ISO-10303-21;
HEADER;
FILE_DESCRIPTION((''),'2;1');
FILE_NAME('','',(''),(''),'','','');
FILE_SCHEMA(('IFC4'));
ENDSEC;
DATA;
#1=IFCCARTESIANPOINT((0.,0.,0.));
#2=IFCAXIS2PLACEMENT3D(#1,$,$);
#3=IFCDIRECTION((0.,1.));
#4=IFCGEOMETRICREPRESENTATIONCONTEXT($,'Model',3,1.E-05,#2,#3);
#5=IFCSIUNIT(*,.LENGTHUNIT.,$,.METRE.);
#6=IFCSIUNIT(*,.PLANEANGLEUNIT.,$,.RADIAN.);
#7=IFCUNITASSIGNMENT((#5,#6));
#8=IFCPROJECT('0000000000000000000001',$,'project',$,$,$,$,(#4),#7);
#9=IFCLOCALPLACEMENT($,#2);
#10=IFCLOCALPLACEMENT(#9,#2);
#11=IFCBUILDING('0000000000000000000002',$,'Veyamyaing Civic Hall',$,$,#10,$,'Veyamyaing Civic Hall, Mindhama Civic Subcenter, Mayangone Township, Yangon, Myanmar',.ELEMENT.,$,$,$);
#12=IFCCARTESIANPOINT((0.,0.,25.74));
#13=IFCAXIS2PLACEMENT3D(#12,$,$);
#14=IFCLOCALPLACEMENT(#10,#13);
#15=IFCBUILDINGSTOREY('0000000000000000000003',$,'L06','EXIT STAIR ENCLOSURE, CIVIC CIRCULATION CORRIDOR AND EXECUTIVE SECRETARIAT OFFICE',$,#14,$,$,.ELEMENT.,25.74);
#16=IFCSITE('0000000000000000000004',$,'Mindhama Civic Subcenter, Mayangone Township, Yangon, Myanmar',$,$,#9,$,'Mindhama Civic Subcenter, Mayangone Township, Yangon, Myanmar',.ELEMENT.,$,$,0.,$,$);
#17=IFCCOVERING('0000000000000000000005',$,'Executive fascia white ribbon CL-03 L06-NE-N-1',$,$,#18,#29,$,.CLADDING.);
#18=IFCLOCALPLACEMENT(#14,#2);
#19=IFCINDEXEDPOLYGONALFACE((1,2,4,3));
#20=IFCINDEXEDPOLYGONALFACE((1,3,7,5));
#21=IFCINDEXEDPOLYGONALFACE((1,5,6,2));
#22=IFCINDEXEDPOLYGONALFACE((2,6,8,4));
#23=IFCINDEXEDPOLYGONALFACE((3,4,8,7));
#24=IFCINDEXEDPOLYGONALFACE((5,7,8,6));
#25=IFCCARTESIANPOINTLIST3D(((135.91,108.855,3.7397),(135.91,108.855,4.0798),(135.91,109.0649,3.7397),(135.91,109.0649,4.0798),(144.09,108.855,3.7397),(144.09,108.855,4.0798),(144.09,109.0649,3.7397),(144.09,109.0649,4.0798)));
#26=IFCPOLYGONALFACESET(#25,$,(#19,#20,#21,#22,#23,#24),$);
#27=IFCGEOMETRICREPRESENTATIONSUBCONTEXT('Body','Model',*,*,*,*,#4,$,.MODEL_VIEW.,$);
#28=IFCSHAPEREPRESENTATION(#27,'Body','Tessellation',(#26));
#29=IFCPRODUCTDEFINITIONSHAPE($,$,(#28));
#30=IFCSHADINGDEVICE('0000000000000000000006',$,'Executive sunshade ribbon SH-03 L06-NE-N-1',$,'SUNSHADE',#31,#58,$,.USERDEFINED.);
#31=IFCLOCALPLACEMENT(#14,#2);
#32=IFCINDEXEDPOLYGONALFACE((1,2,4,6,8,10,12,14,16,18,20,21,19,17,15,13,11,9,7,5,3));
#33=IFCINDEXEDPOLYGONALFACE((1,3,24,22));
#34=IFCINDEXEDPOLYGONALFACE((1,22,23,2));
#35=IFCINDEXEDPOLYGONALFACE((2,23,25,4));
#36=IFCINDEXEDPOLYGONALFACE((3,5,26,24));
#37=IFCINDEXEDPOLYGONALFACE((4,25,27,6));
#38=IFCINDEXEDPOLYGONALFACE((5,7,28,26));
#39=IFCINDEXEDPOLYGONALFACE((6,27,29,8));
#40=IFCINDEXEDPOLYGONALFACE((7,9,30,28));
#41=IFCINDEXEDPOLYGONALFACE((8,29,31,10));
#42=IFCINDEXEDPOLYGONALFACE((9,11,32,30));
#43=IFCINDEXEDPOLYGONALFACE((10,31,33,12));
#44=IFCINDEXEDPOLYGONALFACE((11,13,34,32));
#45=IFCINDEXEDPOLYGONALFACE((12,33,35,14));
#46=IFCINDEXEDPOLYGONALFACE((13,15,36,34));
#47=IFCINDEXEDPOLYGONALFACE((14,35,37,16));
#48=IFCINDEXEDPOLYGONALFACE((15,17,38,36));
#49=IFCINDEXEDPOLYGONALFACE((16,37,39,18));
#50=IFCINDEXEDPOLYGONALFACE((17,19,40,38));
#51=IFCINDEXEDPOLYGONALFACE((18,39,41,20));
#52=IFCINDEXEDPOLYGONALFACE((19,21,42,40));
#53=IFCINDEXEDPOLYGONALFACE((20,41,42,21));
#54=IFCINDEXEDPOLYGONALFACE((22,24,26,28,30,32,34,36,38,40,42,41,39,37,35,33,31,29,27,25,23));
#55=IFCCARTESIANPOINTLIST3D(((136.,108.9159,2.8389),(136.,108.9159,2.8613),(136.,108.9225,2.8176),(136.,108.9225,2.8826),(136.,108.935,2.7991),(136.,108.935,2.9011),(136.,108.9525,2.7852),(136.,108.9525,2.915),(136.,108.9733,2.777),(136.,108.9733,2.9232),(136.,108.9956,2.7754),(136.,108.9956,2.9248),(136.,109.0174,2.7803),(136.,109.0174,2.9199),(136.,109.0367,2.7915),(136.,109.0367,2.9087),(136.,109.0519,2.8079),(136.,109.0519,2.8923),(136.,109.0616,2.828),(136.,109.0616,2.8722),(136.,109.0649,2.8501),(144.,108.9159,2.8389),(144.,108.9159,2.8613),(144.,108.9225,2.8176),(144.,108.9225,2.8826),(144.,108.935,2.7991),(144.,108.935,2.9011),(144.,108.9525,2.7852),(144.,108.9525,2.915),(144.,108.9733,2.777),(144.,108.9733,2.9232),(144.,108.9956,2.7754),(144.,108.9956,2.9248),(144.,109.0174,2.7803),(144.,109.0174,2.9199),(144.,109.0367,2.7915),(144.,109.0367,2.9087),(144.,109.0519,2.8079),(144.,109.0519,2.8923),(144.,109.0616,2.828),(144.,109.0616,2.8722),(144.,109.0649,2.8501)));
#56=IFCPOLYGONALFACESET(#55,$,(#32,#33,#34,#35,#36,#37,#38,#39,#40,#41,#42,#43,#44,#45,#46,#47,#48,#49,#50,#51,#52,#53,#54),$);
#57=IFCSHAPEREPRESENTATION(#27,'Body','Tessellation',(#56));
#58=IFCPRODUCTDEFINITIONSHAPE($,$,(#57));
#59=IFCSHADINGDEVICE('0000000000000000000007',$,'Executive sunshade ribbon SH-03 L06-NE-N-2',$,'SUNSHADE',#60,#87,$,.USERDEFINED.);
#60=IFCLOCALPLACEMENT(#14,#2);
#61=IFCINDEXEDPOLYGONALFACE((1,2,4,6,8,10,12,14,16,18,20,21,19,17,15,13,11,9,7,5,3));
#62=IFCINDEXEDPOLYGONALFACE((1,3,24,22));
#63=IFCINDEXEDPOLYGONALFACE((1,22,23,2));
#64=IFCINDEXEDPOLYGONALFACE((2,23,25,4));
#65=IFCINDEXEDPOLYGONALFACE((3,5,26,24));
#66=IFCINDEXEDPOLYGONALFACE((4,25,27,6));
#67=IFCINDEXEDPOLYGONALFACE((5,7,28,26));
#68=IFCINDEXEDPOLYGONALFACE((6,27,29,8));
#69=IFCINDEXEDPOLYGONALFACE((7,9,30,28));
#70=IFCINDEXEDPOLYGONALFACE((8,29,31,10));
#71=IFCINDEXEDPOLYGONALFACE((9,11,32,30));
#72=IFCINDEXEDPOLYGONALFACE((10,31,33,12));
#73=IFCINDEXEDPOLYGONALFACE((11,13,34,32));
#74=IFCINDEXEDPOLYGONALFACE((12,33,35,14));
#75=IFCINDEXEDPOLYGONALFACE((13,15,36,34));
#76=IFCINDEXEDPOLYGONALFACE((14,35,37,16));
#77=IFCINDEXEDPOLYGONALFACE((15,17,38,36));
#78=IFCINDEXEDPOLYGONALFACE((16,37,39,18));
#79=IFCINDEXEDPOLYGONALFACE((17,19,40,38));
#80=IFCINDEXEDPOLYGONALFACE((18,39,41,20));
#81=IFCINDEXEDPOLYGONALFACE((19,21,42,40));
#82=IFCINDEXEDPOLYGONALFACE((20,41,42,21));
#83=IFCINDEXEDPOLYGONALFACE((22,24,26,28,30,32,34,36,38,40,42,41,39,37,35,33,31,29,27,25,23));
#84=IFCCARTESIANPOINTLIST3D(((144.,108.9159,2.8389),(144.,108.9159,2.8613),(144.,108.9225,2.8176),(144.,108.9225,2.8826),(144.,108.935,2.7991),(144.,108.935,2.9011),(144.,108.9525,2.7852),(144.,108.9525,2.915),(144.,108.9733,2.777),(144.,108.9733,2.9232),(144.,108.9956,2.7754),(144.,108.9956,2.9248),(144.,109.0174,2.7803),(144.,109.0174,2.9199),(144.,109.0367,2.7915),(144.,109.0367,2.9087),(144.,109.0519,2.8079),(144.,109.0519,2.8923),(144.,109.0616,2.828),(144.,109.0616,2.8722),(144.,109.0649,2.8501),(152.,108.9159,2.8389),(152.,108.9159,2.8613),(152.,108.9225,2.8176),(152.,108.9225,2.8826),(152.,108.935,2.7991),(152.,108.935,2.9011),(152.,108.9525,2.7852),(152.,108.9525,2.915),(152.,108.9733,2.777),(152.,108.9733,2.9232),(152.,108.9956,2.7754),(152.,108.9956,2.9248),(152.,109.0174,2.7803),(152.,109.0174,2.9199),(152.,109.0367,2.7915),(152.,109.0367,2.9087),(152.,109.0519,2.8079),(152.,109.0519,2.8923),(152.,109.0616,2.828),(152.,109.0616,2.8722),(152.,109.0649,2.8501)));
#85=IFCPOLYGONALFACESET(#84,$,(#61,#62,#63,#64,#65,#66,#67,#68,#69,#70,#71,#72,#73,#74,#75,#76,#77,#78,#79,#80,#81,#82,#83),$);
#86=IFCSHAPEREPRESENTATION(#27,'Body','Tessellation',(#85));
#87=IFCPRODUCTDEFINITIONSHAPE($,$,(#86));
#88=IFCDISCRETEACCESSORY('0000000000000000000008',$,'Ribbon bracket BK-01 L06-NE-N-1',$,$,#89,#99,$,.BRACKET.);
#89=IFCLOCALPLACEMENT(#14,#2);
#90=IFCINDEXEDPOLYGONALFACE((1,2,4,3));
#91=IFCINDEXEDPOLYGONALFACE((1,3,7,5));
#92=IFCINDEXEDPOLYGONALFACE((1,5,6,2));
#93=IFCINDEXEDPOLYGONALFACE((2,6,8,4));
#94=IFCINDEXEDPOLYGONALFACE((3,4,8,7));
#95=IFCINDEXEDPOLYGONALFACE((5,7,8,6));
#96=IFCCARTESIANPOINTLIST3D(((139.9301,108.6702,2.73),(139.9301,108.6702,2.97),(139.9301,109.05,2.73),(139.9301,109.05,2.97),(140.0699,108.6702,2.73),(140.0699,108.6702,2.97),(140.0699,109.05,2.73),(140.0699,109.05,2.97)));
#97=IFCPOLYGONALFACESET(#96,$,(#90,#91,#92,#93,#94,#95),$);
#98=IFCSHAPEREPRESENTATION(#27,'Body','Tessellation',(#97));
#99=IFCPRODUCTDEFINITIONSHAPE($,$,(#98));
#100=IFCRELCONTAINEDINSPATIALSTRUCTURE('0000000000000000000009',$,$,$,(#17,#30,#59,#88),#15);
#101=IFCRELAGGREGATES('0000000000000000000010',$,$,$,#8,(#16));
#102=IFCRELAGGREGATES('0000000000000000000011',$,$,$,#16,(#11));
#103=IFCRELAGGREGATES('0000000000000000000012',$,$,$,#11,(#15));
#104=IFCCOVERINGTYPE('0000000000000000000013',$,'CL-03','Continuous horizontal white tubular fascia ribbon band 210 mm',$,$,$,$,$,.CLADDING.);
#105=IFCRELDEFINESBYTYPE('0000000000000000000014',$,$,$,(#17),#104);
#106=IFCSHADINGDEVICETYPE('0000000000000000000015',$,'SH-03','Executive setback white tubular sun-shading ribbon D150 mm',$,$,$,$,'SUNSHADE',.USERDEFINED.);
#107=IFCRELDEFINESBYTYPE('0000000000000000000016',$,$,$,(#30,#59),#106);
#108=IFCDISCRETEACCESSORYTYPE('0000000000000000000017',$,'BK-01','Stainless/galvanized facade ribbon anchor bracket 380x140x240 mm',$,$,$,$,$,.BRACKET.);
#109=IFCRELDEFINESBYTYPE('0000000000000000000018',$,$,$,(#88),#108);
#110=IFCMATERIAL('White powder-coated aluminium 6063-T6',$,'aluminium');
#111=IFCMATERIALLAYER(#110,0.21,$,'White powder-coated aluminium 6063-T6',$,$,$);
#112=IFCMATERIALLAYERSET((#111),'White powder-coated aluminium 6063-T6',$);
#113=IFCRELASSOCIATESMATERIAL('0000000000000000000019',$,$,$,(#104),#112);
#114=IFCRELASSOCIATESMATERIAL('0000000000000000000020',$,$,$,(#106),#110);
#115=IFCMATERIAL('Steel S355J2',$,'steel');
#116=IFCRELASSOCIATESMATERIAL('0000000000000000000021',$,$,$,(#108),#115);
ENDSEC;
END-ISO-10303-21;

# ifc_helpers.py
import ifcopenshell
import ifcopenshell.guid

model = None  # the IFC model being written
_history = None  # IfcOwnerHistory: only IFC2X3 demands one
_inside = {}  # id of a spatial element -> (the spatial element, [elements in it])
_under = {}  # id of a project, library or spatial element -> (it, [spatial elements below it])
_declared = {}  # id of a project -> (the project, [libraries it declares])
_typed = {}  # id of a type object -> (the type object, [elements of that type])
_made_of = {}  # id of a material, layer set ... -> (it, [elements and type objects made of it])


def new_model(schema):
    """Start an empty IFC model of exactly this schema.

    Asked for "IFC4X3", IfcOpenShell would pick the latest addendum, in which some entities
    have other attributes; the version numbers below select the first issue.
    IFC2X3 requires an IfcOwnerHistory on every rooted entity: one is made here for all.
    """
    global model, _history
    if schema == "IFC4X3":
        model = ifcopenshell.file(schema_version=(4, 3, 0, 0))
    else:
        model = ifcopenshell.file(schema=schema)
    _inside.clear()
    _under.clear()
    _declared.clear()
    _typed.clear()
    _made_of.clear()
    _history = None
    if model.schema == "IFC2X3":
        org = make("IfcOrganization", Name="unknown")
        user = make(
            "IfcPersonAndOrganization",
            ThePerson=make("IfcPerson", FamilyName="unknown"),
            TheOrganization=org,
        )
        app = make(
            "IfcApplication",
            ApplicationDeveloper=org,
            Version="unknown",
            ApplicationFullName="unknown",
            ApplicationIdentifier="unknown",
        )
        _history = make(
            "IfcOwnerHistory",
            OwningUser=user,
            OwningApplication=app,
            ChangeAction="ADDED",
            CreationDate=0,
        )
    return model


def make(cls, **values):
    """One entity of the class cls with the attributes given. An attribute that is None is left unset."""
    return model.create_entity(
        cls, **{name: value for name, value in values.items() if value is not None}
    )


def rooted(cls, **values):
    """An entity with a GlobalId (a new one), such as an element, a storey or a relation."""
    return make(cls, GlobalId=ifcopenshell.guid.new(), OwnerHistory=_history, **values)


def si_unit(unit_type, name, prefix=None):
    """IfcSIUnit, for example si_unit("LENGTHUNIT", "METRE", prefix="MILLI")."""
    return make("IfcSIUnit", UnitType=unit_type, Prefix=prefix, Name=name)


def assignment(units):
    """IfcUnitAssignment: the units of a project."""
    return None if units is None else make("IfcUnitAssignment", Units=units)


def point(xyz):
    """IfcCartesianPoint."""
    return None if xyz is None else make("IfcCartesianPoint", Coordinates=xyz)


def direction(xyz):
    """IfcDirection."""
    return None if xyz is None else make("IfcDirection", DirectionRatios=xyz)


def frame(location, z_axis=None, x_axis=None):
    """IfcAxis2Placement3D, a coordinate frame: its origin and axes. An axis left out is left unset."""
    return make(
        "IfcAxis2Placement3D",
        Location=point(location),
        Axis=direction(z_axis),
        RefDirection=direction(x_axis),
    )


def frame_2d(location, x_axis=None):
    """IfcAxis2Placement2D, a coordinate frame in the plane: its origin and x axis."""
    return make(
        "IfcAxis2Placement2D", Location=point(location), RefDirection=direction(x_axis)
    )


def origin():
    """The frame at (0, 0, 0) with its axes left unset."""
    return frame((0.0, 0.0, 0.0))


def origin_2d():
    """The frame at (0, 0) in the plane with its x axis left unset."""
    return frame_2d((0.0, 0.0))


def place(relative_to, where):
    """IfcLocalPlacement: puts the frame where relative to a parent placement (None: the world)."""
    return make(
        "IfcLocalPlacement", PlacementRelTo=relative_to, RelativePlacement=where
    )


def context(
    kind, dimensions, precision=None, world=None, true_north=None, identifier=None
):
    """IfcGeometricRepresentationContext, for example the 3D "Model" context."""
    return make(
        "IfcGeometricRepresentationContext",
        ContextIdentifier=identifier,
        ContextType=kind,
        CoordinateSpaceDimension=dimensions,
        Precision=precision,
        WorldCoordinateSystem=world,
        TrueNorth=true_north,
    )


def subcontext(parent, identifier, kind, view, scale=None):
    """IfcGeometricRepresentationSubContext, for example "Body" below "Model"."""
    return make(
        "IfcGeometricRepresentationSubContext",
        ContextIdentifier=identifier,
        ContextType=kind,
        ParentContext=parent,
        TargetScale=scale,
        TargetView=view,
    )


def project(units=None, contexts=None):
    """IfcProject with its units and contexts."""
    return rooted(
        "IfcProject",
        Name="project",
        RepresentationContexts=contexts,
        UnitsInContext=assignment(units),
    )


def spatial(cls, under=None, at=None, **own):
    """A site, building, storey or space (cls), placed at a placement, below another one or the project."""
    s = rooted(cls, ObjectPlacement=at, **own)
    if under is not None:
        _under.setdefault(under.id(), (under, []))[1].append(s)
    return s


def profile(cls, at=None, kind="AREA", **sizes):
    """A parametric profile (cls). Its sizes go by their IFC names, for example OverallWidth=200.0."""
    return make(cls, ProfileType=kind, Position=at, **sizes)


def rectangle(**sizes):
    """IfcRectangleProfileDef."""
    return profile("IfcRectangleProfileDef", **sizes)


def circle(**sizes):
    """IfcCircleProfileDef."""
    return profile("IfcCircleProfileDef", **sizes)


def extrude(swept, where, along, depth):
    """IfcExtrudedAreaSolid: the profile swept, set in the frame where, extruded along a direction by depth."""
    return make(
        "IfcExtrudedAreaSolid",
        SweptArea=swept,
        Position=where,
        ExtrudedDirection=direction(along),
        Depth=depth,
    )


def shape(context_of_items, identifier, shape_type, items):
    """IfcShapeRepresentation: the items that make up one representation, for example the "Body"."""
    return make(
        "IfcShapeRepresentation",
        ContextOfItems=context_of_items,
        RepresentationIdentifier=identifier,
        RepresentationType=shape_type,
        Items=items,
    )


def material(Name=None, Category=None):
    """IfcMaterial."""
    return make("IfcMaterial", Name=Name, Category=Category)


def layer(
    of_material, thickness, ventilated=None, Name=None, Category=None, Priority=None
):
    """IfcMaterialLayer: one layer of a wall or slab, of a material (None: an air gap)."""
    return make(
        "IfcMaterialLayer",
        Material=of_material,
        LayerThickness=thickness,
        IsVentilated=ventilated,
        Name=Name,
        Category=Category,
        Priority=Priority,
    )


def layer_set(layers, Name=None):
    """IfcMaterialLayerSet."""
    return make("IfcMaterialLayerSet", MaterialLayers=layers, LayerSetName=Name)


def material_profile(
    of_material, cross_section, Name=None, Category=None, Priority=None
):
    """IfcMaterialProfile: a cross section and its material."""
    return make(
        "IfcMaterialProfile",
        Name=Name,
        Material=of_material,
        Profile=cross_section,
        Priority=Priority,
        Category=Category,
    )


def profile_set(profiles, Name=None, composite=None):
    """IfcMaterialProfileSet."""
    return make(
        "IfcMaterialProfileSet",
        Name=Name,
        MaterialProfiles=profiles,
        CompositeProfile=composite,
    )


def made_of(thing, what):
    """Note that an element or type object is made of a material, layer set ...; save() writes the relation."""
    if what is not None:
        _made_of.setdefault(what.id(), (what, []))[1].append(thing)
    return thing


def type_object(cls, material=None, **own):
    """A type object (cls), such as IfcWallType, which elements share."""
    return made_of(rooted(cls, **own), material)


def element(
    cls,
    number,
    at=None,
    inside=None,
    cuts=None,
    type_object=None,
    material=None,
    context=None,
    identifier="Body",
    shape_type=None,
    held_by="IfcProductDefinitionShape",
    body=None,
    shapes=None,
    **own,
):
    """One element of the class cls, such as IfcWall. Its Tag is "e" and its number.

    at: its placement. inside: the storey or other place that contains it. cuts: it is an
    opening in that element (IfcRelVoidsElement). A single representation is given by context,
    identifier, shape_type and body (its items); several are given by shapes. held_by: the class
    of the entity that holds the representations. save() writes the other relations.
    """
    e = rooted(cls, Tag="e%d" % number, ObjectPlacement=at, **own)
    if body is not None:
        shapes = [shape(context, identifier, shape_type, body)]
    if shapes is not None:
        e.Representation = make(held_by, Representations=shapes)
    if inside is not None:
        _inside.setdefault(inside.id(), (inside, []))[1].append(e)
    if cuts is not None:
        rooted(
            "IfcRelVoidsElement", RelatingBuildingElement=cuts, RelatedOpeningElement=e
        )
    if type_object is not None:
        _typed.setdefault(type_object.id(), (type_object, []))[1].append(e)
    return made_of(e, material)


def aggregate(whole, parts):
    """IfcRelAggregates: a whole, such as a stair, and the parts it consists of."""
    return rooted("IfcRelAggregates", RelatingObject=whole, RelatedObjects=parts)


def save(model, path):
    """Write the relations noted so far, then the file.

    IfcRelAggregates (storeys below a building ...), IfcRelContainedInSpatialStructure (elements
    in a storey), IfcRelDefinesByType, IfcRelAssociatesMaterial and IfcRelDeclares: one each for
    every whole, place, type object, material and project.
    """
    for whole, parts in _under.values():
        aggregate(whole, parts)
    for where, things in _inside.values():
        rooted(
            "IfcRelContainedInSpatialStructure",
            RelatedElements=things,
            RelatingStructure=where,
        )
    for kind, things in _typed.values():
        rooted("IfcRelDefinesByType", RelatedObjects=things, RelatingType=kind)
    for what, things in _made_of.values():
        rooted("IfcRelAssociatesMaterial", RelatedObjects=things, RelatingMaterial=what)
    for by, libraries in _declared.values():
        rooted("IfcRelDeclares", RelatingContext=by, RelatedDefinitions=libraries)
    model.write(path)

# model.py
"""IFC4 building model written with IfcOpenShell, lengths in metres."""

from ifc_helpers import new_model, si_unit, direction, frame, origin, origin_2d, place, context, subcontext, project, spatial, rectangle, circle, extrude, material, layer, layer_set, material_profile, profile_set, type_object, element, save


model = new_model("IFC4")

# Units and contexts
model_context = context("Model", 3, precision=1e-05, world=origin(), true_north=direction((0.0, 1.0)))
body_context = subcontext(model_context, "Body", "Model", "MODEL_VIEW")
ifc_project = project(units=[si_unit("LENGTHUNIT", "METRE"), si_unit("PLANEANGLEUNIT", "RADIAN")], contexts=[model_context])

# Site, building, storey
site_placement = place(None, origin())
site = spatial("IfcSite", under=ifc_project, at=site_placement, Name="Mindhama Civic Subcenter, Mayangone Township, Yangon, Myanmar", LongName="Mindhama Civic Subcenter, Mayangone Township, Yangon, Myanmar", CompositionType="ELEMENT", RefElevation=0.0)
building_placement = place(site_placement, origin())
building = spatial("IfcBuilding", under=site, at=building_placement, Name="Veyamyaing Civic Hall", LongName="Veyamyaing Civic Hall, Mindhama Civic Subcenter, Mayangone Township, Yangon, Myanmar", CompositionType="ELEMENT")
storey_placement = place(building_placement, frame((0.0, 0.0, 25.74)))
storey = spatial("IfcBuildingStorey", under=building, at=storey_placement, Name="L06", Description="EXIT STAIR ENCLOSURE, CIVIC CIRCULATION CORRIDOR AND EXECUTIVE SECRETARIAT OFFICE", CompositionType="ELEMENT", Elevation=25.74)

# Covering
ifc_material_1 = material(Name="White powder-coated aluminium 6063-T6", Category="aluminium")
ifc_layer_1 = layer(ifc_material_1, 0.21, Name="White powder-coated aluminium 6063-T6")
ifc_layer_set_1 = layer_set([ifc_layer_1], Name="White powder-coated aluminium 6063-T6")
covering_type = type_object("IfcCoveringType", Name="CL-03", Description="Continuous horizontal white tubular fascia ribbon band 210 mm", PredefinedType="CLADDING", material=ifc_layer_set_1)
covering_placement = place(storey_placement, frame((140.0, 108.96, 3.7397), z_axis=(0.0, 0.0, 1.0), x_axis=(1.0, 0.0, 0.0)))
element("IfcCovering", 1, at=covering_placement, inside=storey, type_object=covering_type, Name="Executive fascia white ribbon CL-03 L06-NE-N-1", PredefinedType="CLADDING", context=body_context, shape_type="SweptSolid", body=[
    extrude(rectangle(XDim=8.1799, YDim=0.21, at=origin_2d()), origin(), (0.0, 0.0, 1.0), 0.3401),
])

# Shading devices
ifc_material_profile_1 = material_profile(ifc_material_1, circle(Radius=0.075, at=origin_2d()), Name="SHADE-TUBE-150")
ifc_profile_set_1 = profile_set([ifc_material_profile_1], Name="White powder-coated aluminium 6063-T6")
shading_device_type = type_object("IfcShadingDeviceType", Name="SH-03", Description="Executive setback white tubular sun-shading ribbon D150 mm", ElementType="SUNSHADE", PredefinedType="USERDEFINED", material=ifc_profile_set_1)
for number, where, z_axis, x_axis, name in (
    (2, (136.0, 108.99, 2.8501), (1.0, 0.0, 0.0), (0.0, 1.0, 0.0), "Executive sunshade ribbon SH-03 L06-NE-N-1"),
    (3, (144.0, 108.99, 2.8501), (1.0, 0.0, 0.0), (0.0, 1.0, 0.0), "Executive sunshade ribbon SH-03 L06-NE-N-2"),
):
    element("IfcShadingDevice", number, at=place(storey_placement, frame(where, z_axis=z_axis, x_axis=x_axis)), inside=storey, type_object=shading_device_type, Name=name, ObjectType="SUNSHADE", PredefinedType="USERDEFINED", context=body_context, shape_type="SweptSolid", body=[
        extrude(circle(Radius=0.075, at=origin_2d()), origin(), (0.0, 0.0, 1.0), 8.0),
    ])

# Discrete accessory
ifc_material_2 = material(Name="Steel S355J2", Category="steel")
discrete_accessory_type = type_object("IfcDiscreteAccessoryType", Name="BK-01", Description="Stainless/galvanized facade ribbon anchor bracket 380x140x240 mm", PredefinedType="BRACKET", material=ifc_material_2)
discrete_accessory_placement = place(storey_placement, frame((140.0, 108.8601, 2.73), z_axis=(0.0, 0.0, 1.0), x_axis=(0.0, 1.0, 0.0)))
element("IfcDiscreteAccessory", 4, at=discrete_accessory_placement, inside=storey, type_object=discrete_accessory_type, Name="Ribbon bracket BK-01 L06-NE-N-1", PredefinedType="BRACKET", context=body_context, shape_type="SweptSolid", body=[
    extrude(rectangle(XDim=0.3799, YDim=0.1399, at=origin_2d()), origin(), (0.0, 0.0, 1.0), 0.24),
])

save(model, "model.ifc")
